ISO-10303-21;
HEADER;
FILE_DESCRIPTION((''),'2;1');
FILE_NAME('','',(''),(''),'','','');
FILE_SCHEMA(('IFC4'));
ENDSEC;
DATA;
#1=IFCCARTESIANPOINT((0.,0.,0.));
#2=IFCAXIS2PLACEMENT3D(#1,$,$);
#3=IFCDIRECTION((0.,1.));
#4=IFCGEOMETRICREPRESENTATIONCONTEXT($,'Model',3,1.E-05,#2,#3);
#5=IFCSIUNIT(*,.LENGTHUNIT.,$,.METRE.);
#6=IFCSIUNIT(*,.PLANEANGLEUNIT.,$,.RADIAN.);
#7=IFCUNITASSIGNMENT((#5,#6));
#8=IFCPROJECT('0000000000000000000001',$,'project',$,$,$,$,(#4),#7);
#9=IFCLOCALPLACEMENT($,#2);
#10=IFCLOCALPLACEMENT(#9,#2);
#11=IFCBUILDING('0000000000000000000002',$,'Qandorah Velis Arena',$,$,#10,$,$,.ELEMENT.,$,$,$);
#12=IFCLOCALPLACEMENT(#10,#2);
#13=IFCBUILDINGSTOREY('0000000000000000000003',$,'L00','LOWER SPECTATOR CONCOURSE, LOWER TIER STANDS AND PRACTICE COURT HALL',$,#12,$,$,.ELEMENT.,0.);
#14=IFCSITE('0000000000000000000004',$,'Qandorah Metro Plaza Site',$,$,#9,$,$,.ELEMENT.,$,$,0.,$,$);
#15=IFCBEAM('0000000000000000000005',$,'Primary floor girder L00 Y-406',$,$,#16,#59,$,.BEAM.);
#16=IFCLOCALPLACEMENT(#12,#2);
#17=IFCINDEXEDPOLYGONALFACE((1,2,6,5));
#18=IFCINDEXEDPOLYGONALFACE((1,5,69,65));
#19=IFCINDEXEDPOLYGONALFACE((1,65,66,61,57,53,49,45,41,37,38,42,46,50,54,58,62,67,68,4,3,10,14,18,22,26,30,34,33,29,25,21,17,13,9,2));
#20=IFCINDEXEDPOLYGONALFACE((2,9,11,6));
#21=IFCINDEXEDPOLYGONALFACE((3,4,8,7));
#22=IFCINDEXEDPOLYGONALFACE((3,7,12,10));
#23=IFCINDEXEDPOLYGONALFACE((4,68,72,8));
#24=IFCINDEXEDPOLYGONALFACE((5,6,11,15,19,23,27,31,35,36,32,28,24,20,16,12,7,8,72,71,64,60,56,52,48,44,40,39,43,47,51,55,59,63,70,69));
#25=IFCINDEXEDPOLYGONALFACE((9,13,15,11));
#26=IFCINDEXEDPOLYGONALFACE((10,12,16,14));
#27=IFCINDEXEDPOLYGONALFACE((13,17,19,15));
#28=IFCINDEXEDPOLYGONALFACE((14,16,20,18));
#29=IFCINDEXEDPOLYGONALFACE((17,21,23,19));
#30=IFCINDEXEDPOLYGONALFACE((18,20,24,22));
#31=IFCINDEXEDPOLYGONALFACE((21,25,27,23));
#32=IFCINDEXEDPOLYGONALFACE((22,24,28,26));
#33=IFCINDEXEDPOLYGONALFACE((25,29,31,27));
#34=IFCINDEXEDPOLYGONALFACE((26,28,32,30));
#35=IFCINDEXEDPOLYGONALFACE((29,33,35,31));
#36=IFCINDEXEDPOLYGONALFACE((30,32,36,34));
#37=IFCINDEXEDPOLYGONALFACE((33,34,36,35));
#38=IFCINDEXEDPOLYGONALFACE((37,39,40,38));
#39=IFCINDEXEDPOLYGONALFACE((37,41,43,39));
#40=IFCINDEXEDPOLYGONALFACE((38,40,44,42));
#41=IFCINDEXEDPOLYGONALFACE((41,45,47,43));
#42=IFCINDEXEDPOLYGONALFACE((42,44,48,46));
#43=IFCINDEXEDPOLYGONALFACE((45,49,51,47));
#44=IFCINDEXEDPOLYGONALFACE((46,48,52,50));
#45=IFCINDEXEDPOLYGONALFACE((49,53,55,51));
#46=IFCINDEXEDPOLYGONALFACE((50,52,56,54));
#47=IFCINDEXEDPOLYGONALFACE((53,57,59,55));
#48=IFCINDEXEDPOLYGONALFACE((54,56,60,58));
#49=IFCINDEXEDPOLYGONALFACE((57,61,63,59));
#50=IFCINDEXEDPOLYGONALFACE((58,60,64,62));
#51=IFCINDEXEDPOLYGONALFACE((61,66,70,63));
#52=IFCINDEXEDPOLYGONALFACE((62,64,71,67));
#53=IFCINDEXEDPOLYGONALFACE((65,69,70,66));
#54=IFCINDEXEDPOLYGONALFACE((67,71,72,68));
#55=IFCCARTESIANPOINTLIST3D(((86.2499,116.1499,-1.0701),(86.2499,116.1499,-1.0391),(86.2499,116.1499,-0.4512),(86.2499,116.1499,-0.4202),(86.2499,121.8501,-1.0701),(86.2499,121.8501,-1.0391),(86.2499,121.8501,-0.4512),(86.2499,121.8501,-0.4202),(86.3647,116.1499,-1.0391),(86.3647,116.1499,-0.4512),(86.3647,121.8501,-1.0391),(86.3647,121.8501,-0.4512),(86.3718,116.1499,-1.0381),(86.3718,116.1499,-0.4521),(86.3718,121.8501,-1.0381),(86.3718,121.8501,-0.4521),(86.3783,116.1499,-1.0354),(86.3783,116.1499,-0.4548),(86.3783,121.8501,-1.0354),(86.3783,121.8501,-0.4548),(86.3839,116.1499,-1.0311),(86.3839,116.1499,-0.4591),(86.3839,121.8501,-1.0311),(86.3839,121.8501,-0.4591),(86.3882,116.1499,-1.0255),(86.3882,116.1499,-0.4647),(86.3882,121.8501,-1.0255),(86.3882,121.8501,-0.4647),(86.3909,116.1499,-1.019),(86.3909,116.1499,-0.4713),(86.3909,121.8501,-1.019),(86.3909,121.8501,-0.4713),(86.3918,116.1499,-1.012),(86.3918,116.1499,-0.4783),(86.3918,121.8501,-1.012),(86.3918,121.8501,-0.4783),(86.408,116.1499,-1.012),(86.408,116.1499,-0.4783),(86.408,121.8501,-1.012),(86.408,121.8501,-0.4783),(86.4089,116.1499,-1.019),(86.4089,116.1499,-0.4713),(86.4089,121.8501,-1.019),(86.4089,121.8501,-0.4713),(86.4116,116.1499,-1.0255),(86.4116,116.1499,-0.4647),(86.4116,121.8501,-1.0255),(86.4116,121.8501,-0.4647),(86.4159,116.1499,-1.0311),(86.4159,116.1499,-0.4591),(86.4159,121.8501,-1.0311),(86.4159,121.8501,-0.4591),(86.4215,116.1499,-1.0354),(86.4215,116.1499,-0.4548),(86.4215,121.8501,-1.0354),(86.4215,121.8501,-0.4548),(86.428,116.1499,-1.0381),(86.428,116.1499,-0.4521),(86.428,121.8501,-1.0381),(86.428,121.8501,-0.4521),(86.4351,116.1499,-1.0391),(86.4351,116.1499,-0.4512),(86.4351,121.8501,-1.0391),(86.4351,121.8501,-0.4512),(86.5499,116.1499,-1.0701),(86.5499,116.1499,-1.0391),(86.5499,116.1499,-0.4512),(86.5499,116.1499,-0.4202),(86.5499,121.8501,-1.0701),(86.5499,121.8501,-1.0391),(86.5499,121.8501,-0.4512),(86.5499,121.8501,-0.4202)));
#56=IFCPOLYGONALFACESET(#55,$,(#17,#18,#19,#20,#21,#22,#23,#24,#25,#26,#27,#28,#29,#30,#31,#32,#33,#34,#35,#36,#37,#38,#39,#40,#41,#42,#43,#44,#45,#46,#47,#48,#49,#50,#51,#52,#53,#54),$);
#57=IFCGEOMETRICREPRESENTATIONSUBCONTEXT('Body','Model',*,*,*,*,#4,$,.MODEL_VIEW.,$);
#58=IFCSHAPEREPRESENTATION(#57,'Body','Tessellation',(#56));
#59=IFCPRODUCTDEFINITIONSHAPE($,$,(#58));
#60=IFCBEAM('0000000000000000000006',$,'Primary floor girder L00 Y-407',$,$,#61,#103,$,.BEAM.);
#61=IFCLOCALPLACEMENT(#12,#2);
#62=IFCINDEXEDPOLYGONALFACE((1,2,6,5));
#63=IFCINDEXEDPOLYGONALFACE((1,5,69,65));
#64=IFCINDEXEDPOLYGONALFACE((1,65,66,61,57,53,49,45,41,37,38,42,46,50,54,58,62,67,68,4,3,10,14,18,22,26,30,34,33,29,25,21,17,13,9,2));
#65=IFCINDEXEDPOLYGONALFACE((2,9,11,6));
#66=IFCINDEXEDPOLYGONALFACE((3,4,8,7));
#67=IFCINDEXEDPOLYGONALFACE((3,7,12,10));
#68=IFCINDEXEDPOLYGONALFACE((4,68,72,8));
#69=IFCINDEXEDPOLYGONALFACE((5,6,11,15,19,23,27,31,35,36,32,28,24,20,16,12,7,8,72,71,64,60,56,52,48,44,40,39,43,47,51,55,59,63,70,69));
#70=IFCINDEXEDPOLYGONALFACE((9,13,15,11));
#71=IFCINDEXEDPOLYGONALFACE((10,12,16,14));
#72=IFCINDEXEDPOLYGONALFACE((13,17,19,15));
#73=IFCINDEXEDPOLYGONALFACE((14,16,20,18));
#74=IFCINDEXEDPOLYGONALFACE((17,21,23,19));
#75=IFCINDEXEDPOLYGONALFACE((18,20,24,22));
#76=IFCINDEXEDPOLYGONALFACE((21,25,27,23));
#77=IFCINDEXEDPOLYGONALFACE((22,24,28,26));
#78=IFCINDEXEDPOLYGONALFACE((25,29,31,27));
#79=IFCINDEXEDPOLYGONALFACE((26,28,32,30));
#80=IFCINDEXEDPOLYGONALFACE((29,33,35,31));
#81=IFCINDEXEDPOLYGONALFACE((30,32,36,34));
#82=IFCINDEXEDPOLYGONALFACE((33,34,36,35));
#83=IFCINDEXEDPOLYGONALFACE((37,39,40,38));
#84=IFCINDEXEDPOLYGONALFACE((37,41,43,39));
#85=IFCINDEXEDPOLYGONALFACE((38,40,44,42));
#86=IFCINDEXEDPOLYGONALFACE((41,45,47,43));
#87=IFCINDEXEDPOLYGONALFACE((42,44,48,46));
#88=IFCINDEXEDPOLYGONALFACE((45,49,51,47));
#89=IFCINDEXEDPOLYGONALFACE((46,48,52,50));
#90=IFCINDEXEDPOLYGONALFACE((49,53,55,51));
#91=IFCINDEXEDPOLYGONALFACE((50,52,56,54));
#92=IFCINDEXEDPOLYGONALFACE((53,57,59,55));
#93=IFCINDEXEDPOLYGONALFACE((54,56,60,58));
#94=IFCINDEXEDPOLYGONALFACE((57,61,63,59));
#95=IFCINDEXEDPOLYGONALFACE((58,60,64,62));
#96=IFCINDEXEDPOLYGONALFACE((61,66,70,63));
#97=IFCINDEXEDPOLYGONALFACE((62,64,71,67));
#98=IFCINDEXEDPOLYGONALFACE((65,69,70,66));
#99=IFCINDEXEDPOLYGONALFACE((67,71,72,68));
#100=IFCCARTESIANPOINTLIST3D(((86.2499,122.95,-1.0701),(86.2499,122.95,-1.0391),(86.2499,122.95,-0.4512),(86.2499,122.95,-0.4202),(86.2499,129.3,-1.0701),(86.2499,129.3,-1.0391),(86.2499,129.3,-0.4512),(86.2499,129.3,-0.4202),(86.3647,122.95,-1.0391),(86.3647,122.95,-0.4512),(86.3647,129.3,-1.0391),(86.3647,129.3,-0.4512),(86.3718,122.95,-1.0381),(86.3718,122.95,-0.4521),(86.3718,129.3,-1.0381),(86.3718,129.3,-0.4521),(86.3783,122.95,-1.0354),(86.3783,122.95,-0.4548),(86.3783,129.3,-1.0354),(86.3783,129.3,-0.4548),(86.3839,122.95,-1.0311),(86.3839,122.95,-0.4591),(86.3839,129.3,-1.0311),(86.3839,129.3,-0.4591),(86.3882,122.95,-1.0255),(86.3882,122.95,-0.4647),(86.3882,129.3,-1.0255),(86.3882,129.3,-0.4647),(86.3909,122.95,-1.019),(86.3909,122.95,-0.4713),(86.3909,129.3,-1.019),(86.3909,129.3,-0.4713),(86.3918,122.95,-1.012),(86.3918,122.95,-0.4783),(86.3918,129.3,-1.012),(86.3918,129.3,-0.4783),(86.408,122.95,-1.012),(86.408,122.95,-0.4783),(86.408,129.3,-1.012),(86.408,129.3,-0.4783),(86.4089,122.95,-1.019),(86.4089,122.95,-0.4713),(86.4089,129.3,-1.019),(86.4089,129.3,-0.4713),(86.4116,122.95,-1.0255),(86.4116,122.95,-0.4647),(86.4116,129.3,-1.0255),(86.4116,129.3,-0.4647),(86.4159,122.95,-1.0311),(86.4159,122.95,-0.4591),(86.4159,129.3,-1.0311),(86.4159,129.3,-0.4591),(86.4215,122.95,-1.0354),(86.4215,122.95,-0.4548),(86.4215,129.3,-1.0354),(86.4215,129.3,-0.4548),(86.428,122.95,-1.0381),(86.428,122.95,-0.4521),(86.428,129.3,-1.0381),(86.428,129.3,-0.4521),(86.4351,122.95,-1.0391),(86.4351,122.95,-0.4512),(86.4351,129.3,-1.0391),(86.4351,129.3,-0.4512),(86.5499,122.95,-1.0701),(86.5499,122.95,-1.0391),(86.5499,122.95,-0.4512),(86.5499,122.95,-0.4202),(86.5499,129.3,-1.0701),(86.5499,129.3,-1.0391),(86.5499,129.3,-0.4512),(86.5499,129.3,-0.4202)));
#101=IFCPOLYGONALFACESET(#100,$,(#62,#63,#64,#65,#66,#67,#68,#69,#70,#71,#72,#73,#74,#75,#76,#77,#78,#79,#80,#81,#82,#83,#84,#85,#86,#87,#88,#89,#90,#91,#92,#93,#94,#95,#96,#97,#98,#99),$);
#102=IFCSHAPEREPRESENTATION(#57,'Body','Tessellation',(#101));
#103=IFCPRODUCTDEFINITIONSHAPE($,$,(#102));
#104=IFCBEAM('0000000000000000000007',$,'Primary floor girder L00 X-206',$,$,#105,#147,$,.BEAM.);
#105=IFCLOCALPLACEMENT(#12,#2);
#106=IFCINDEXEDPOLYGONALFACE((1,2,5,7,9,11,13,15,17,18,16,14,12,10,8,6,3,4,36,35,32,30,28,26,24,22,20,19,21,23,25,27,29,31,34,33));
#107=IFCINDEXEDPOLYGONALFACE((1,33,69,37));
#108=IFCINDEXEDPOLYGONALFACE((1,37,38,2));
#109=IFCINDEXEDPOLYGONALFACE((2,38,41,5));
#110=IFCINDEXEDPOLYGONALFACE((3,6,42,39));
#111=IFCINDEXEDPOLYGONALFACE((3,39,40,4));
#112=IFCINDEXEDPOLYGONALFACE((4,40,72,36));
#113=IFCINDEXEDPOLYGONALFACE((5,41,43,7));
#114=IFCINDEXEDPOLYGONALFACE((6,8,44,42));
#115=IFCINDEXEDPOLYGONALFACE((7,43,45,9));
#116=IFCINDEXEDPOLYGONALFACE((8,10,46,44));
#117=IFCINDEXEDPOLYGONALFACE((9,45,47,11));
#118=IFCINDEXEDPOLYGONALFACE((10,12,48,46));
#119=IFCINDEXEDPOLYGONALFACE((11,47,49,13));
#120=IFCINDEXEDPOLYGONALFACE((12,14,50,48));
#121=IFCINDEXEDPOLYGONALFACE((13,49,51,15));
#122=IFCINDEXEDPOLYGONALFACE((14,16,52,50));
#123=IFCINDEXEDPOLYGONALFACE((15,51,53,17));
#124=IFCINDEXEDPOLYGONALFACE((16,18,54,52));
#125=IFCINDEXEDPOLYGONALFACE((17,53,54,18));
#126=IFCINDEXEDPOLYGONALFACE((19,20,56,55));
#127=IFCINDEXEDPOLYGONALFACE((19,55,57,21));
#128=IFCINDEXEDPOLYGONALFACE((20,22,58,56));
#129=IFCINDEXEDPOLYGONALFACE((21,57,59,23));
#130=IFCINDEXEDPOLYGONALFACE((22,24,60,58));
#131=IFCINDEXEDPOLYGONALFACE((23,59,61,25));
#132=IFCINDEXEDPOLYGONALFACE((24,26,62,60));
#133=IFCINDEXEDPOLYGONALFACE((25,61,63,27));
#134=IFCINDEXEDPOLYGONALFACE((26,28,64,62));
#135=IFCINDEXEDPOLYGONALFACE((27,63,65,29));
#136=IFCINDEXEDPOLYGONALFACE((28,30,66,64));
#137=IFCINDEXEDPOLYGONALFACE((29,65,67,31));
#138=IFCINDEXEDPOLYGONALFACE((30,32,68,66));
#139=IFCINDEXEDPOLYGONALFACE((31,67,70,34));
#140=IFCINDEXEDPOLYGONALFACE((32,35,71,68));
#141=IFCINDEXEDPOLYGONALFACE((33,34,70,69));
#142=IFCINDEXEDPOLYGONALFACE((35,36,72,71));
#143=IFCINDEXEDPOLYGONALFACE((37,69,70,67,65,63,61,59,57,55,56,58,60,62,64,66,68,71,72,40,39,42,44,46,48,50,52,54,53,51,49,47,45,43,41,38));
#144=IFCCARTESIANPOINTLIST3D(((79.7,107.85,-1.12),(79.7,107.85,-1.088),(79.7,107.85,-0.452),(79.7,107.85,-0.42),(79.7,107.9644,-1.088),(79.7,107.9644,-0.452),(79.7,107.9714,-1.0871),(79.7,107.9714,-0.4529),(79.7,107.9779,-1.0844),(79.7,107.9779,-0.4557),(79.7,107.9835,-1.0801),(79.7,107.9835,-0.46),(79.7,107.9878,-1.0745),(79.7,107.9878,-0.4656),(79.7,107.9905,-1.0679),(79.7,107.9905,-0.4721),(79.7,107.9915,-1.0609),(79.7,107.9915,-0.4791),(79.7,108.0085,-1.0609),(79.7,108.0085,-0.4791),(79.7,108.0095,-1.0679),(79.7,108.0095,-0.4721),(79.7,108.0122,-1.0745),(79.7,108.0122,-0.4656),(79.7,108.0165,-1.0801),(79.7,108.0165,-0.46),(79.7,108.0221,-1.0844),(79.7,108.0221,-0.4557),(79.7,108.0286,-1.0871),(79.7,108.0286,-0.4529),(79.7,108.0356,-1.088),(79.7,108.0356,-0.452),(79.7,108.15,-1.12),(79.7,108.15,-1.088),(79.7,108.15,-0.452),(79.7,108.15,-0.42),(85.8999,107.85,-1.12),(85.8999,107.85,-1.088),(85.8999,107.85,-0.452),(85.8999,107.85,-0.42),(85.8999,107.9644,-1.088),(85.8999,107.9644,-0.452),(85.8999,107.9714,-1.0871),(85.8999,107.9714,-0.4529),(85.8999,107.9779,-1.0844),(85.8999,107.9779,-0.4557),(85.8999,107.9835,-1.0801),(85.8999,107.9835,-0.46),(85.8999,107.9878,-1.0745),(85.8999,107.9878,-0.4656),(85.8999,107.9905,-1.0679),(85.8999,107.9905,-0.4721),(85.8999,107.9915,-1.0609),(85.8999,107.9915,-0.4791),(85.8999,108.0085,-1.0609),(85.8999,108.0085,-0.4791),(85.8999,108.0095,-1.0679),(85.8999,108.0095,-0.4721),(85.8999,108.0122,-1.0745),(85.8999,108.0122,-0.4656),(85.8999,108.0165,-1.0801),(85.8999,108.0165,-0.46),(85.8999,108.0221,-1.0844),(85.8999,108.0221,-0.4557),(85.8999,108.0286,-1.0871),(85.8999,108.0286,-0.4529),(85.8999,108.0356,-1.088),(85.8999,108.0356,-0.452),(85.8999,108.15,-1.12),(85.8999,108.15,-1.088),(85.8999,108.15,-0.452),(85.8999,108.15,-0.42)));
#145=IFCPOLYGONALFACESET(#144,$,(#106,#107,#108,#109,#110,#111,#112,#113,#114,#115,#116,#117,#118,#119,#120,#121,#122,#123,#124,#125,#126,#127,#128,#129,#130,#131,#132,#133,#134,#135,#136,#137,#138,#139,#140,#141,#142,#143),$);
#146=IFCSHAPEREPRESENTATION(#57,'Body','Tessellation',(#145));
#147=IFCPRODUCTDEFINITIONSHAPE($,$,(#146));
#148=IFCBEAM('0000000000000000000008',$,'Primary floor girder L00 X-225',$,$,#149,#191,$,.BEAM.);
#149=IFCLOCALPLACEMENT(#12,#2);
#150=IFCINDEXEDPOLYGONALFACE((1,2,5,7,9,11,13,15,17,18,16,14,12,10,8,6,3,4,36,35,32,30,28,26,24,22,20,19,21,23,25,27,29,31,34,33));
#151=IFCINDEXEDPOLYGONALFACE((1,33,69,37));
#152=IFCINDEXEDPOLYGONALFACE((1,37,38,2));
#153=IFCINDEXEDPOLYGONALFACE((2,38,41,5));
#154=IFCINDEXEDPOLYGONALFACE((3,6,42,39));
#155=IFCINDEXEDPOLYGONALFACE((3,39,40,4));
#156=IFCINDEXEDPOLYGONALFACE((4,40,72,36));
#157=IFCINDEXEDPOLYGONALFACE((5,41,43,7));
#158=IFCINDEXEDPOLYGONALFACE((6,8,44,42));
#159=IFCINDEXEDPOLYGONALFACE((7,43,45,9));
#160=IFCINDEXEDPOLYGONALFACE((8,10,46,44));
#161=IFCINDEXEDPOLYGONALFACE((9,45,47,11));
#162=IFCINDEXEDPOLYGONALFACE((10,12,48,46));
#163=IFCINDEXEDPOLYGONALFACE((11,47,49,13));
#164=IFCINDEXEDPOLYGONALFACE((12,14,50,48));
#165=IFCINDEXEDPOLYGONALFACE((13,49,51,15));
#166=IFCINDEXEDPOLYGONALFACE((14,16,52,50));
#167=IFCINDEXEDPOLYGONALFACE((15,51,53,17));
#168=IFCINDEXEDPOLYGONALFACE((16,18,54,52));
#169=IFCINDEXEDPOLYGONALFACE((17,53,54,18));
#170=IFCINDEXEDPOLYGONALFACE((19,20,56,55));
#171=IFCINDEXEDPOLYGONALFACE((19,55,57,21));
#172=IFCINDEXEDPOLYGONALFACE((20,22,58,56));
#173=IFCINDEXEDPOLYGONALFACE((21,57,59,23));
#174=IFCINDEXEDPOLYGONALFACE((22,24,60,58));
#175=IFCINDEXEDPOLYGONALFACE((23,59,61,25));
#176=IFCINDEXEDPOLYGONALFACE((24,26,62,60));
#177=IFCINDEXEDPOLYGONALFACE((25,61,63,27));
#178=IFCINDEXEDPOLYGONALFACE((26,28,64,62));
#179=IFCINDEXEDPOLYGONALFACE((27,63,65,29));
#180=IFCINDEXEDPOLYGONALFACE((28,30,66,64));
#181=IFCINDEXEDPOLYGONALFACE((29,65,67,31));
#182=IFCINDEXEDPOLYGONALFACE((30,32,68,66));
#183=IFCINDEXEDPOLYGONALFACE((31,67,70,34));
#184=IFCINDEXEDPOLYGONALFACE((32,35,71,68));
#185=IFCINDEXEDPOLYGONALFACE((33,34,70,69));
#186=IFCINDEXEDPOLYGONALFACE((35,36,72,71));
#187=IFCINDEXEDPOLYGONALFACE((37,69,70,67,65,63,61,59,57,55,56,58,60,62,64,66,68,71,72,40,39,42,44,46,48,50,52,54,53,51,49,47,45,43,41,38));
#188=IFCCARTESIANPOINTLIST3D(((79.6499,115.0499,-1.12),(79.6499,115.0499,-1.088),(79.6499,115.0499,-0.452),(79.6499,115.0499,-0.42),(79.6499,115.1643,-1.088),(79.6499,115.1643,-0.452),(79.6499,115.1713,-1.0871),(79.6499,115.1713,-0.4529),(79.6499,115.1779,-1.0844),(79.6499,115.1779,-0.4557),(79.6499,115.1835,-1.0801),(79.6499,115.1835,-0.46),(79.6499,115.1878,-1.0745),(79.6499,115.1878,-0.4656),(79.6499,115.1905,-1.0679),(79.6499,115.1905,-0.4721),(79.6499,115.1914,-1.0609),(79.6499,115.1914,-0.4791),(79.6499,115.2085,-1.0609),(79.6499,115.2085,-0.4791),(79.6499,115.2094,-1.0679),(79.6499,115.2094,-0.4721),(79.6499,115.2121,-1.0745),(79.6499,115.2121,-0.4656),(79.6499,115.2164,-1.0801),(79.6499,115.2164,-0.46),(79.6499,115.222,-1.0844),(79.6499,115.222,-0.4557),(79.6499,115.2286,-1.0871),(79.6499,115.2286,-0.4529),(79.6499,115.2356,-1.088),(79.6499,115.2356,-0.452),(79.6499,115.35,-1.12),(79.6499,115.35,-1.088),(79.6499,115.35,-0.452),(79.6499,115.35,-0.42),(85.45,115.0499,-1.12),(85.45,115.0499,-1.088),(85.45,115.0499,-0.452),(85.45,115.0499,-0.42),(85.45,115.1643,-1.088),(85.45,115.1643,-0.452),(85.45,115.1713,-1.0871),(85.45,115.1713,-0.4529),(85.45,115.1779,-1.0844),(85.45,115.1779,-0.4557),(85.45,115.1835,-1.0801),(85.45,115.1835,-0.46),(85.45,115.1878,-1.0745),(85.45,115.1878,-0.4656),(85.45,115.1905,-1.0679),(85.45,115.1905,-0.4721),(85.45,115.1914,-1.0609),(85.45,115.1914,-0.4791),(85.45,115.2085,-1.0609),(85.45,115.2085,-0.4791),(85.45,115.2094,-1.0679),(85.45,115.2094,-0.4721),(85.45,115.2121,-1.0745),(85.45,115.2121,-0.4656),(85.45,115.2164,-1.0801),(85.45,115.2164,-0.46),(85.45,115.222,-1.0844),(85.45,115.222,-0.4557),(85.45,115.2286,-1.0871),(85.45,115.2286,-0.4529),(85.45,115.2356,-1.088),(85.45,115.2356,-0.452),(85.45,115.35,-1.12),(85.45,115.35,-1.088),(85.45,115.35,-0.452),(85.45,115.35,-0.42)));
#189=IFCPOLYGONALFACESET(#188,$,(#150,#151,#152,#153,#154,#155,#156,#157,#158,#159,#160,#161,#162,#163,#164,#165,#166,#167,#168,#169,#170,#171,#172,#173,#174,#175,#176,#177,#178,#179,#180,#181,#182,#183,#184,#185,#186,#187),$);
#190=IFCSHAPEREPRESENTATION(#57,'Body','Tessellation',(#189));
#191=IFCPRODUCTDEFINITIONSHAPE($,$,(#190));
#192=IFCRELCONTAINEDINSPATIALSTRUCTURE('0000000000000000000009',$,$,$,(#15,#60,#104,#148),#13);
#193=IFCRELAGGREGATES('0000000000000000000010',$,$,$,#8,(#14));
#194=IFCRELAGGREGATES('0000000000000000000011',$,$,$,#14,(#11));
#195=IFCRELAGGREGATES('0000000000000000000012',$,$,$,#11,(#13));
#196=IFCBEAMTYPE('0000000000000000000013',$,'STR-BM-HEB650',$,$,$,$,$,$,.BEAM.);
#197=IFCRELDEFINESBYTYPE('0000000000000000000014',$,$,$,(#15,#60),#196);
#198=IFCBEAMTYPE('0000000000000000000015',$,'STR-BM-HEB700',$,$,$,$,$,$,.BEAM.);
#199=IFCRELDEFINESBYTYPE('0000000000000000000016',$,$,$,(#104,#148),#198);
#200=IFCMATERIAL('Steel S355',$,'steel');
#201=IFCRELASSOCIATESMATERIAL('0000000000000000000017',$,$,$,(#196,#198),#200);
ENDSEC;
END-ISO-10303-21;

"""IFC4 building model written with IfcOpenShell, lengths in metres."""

from ifc_helpers import new_model, si_unit, direction, frame, origin, origin_2d, place, context, subcontext, project, spatial, i_section, extrude, material, material_profile, profile_set, type_object, element, save


model = new_model("IFC4")

# Units and contexts
model_context = context("Model", 3, precision=1e-05, world=origin(), true_north=direction((0.0, 1.0)))
body_context = subcontext(model_context, "Body", "Model", "MODEL_VIEW")
ifc_project = project(units=[si_unit("LENGTHUNIT", "METRE"), si_unit("PLANEANGLEUNIT", "RADIAN")], contexts=[model_context])

# Site, building, storey
site_placement = place(None, origin())
site = spatial("IfcSite", under=ifc_project, at=site_placement, Name="Qandorah Metro Plaza Site", CompositionType="ELEMENT", RefElevation=0.0)
building_placement = place(site_placement, origin())
building = spatial("IfcBuilding", under=site, at=building_placement, Name="Qandorah Velis Arena", CompositionType="ELEMENT")
storey_placement = place(building_placement, origin())
storey = spatial("IfcBuildingStorey", under=building, at=storey_placement, Name="L00", Description="LOWER SPECTATOR CONCOURSE, LOWER TIER STANDS AND PRACTICE COURT HALL", CompositionType="ELEMENT", Elevation=0.0)

# Beams
ifc_material_1 = material(Name="Steel S355", Category="steel")
ifc_material_profile_1 = material_profile(ifc_material_1, i_section(OverallWidth=0.3, OverallDepth=0.6499, WebThickness=0.0161, FlangeThickness=0.031, FilletRadius=0.0271, at=origin_2d()), Name="HEB 650")
ifc_profile_set_1 = profile_set([ifc_material_profile_1], Name="Steel S355")
beam_type_1 = type_object("IfcBeamType", Name="STR-BM-HEB650", PredefinedType="BEAM", material=ifc_profile_set_1)
beam_1_placement = place(storey_placement, frame((86.3999, 116.1499, -0.7451), z_axis=(0.0, 1.0, 0.0), x_axis=(-1.0, 0.0, 0.0)))
element("IfcBeam", 1, at=beam_1_placement, inside=storey, type_object=beam_type_1, Name="Primary floor girder L00 Y-406", PredefinedType="BEAM", context=body_context, shape_type="SweptSolid", body=[
    extrude(i_section(OverallWidth=0.3, OverallDepth=0.6499, WebThickness=0.0161, FlangeThickness=0.031, FilletRadius=0.0271, at=origin_2d()), origin(), (0.0, 0.0, 1.0), 5.7002),
])
beam_2_placement = place(storey_placement, frame((86.3999, 122.95, -0.7451), z_axis=(0.0, 1.0, 0.0), x_axis=(-1.0, 0.0, 0.0)))
element("IfcBeam", 2, at=beam_2_placement, inside=storey, type_object=beam_type_1, Name="Primary floor girder L00 Y-407", PredefinedType="BEAM", context=body_context, shape_type="SweptSolid", body=[
    extrude(i_section(OverallWidth=0.3, OverallDepth=0.6499, WebThickness=0.0161, FlangeThickness=0.031, FilletRadius=0.0271, at=origin_2d()), origin(), (0.0, 0.0, 1.0), 6.3501),
])
ifc_material_profile_2 = material_profile(ifc_material_1, i_section(OverallWidth=0.3, OverallDepth=0.7, WebThickness=0.0171, FlangeThickness=0.032, FilletRadius=0.0271, at=origin_2d()), Name="HEB 700")
ifc_profile_set_2 = profile_set([ifc_material_profile_2], Name="Steel S355")
beam_type_2 = type_object("IfcBeamType", Name="STR-BM-HEB700", PredefinedType="BEAM", material=ifc_profile_set_2)
beam_3_placement = place(storey_placement, frame((79.7, 108.0, -0.77), z_axis=(1.0, 0.0, 0.0), x_axis=(0.0, 1.0, 0.0)))
element("IfcBeam", 3, at=beam_3_placement, inside=storey, type_object=beam_type_2, Name="Primary floor girder L00 X-206", PredefinedType="BEAM", context=body_context, shape_type="SweptSolid", body=[
    extrude(i_section(OverallWidth=0.3, OverallDepth=0.7, WebThickness=0.0171, FlangeThickness=0.032, FilletRadius=0.0271, at=origin_2d()), origin(), (0.0, 0.0, 1.0), 6.2),
])
beam_4_placement = place(storey_placement, frame((79.6499, 115.2, -0.77), z_axis=(1.0, 0.0, 0.0), x_axis=(0.0, 1.0, 0.0)))
element("IfcBeam", 4, at=beam_4_placement, inside=storey, type_object=beam_type_2, Name="Primary floor girder L00 X-225", PredefinedType="BEAM", context=body_context, shape_type="SweptSolid", body=[
    extrude(i_section(OverallWidth=0.3, OverallDepth=0.7, WebThickness=0.0171, FlangeThickness=0.032, FilletRadius=0.0271, at=origin_2d()), origin(), (0.0, 0.0, 1.0), 5.8),
])

save(model, "model.ifc")
